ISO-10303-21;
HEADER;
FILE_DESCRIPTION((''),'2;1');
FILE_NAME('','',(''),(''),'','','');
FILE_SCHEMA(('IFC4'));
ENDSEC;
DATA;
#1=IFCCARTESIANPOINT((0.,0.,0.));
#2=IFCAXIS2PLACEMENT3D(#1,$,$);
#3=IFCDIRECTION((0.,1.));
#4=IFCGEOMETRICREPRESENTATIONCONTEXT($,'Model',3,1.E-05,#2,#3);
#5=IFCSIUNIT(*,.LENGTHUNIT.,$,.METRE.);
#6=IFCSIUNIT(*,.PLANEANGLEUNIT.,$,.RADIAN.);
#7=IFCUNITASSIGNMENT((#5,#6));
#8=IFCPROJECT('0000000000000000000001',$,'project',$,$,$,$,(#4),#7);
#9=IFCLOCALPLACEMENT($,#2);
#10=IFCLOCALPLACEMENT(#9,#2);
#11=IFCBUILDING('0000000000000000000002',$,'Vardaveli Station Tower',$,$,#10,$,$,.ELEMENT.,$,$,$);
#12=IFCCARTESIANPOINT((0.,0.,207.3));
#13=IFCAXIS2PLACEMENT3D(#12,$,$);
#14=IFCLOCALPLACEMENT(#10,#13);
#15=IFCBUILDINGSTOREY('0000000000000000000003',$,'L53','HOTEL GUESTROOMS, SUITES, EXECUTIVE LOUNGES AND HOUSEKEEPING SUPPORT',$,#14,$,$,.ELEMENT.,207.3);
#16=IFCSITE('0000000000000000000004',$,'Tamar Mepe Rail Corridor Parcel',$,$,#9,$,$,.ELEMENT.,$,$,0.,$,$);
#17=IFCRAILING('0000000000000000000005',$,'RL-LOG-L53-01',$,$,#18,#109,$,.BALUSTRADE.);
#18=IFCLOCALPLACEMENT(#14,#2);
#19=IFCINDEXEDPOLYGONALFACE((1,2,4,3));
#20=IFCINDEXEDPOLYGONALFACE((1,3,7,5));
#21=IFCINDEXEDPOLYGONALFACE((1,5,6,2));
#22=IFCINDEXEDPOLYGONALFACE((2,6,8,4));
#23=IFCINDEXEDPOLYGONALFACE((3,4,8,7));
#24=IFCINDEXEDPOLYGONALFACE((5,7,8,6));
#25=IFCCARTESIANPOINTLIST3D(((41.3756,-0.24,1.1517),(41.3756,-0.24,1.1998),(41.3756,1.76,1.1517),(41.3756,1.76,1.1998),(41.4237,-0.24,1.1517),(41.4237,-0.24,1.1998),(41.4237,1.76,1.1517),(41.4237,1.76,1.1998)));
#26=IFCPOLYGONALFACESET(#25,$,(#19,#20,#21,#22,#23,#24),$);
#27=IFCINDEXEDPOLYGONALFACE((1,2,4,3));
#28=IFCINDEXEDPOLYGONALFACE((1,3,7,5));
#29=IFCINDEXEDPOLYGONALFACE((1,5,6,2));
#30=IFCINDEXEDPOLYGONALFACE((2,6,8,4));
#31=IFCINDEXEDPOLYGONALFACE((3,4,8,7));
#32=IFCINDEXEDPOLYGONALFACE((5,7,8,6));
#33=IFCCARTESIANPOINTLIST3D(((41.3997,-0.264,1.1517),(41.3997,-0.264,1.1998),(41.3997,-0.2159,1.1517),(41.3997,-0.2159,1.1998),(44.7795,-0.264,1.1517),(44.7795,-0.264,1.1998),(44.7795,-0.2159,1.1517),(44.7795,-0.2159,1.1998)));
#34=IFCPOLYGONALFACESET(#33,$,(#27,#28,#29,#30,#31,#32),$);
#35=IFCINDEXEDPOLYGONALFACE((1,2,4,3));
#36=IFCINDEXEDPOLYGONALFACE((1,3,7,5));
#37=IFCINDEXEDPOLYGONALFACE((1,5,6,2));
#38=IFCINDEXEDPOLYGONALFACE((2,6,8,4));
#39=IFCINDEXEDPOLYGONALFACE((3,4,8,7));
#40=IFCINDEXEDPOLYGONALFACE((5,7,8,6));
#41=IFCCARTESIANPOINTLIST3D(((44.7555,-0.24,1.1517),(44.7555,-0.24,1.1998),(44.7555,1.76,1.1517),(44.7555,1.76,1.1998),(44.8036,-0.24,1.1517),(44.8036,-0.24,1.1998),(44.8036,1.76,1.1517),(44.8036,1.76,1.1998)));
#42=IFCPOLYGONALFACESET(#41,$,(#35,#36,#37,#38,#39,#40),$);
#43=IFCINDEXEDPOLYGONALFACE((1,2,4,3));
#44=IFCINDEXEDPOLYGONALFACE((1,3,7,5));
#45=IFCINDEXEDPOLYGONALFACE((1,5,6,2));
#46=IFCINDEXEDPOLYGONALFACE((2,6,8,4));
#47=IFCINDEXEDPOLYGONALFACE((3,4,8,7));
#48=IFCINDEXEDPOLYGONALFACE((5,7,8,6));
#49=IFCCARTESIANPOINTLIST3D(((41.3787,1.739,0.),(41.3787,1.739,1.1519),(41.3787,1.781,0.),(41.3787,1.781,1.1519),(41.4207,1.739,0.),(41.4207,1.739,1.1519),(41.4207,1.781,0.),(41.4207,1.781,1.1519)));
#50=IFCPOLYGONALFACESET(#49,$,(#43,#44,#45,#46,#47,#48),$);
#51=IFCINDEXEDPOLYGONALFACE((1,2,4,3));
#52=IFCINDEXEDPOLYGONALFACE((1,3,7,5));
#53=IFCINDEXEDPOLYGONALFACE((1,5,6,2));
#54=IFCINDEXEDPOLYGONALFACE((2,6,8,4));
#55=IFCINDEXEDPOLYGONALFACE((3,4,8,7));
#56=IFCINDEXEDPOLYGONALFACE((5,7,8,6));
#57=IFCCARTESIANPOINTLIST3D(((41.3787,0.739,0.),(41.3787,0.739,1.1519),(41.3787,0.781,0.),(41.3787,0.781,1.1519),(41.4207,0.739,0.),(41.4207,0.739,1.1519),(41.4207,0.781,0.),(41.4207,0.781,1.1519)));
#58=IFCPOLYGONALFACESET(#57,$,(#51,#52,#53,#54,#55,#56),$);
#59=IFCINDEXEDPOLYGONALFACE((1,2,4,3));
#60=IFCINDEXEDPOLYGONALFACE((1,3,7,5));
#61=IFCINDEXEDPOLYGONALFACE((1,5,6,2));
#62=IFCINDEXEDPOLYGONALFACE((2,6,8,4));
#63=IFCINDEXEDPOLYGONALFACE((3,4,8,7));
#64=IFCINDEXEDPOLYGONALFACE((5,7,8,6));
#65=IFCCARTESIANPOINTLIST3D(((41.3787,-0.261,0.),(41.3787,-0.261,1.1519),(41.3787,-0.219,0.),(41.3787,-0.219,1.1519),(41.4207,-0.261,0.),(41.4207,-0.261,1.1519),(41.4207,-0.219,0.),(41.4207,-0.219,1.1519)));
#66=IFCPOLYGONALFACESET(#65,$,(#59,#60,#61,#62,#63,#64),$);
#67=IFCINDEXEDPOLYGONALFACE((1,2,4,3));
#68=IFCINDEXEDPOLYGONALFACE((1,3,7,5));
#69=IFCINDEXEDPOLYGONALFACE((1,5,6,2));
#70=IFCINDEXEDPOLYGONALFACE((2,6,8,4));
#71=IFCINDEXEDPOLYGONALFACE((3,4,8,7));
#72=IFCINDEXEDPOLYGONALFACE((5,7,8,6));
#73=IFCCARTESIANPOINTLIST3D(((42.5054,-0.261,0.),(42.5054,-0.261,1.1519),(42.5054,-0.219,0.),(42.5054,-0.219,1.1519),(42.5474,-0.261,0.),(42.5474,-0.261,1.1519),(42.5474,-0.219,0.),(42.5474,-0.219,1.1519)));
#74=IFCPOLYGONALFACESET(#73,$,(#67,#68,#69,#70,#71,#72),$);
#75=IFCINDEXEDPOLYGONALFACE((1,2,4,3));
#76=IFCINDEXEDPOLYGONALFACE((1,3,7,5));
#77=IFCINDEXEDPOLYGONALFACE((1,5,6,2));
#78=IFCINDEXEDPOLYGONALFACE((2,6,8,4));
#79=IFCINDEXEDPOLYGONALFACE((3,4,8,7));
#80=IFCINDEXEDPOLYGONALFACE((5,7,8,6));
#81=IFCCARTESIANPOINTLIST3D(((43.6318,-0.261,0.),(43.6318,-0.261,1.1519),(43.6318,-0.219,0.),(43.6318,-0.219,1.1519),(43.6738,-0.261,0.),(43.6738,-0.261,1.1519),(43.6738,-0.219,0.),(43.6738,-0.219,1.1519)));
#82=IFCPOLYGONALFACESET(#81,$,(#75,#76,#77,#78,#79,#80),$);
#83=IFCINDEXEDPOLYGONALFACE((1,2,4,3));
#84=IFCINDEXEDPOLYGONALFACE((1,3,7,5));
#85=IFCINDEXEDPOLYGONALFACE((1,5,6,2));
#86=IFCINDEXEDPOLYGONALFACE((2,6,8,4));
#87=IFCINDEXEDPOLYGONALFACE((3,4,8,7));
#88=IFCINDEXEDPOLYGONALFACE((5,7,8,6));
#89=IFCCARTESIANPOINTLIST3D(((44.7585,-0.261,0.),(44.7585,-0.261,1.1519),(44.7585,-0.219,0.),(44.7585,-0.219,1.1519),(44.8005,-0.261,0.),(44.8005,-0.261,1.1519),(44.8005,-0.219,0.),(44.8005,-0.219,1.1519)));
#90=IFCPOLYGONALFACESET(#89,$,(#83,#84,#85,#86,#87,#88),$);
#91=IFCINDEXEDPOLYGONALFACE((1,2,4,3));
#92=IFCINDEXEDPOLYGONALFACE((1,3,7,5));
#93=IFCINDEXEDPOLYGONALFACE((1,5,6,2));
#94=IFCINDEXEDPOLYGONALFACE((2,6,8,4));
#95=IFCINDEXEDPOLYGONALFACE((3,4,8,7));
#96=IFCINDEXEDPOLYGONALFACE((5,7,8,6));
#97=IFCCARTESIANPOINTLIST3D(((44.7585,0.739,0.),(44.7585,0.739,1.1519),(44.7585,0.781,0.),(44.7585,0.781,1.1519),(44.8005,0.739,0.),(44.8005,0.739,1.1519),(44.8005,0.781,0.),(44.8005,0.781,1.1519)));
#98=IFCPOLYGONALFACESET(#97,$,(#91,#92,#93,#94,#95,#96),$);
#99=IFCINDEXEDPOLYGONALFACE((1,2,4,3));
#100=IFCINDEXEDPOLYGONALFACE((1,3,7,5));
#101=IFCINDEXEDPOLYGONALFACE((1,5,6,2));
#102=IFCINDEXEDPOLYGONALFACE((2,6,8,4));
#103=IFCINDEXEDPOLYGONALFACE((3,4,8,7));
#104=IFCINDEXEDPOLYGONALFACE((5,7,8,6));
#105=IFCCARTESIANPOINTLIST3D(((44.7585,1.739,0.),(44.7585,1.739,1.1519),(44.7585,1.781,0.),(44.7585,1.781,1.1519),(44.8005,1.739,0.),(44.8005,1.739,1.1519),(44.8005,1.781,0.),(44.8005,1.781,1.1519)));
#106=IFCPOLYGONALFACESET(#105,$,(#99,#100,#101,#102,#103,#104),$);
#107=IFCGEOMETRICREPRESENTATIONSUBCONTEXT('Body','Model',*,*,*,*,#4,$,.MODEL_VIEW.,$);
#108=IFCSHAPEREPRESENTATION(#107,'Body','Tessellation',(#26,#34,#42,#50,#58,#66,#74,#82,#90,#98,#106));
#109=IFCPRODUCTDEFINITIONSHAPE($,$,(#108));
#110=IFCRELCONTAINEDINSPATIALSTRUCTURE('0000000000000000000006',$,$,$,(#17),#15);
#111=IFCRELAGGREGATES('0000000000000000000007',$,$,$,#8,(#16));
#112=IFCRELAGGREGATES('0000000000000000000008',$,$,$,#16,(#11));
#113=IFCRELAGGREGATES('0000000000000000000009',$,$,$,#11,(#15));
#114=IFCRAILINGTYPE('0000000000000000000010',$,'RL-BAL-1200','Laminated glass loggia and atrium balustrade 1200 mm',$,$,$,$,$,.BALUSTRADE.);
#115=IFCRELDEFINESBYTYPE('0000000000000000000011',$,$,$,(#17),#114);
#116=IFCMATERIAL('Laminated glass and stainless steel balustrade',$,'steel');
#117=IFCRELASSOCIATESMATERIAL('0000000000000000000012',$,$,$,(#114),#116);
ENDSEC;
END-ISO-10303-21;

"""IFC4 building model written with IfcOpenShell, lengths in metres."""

from ifc_helpers import new_model, si_unit, direction, frame, origin, origin_2d, place, context, subcontext, project, spatial, rectangle, extrude, source, transform, mapped, material, type_object, element, save


model = new_model("IFC4")

# Units and contexts
model_context = context("Model", 3, precision=1e-05, world=origin(), true_north=direction((0.0, 1.0)))
body_context = subcontext(model_context, "Body", "Model", "MODEL_VIEW")
ifc_project = project(units=[si_unit("LENGTHUNIT", "METRE"), si_unit("PLANEANGLEUNIT", "RADIAN")], contexts=[model_context])

# Site, building, storey
site_placement = place(None, origin())
site = spatial("IfcSite", under=ifc_project, at=site_placement, Name="Tamar Mepe Rail Corridor Parcel", CompositionType="ELEMENT", RefElevation=0.0)
building_placement = place(site_placement, origin())
building = spatial("IfcBuilding", under=site, at=building_placement, Name="Vardaveli Station Tower", CompositionType="ELEMENT")
storey_placement = place(building_placement, frame((0.0, 0.0, 207.3)))
storey = spatial("IfcBuildingStorey", under=building, at=storey_placement, Name="L53", Description="HOTEL GUESTROOMS, SUITES, EXECUTIVE LOUNGES AND HOUSEKEEPING SUPPORT", CompositionType="ELEMENT", Elevation=207.3)

# Railing
ifc_material_1 = material(Name="Laminated glass and stainless steel balustrade", Category="steel")
railing_type = type_object("IfcRailingType", Name="RL-BAL-1200", Description="Laminated glass loggia and atrium balustrade 1200 mm", PredefinedType="BALUSTRADE", material=ifc_material_1)
shared_shape_1 = source(origin(), body_context, "Body", "SweptSolid", [
    extrude(rectangle(XDim=0.0481, YDim=0.0481, at=origin_2d()), frame((0.0, 0.0, 1.1758), z_axis=(0.0, -1.0, 0.0), x_axis=(1.0, 0.0, 0.0)), (0.0, 0.0, 1.0), 2.0),
    extrude(rectangle(XDim=0.0481, YDim=0.0481, at=origin_2d()), frame((0.0, -2.0, 1.1758), z_axis=(1.0, 0.0, 0.0), x_axis=(0.0, 1.0, 0.0)), (0.0, 0.0, 1.0), 3.3799),
    extrude(rectangle(XDim=0.0481, YDim=0.0481, at=origin_2d()), frame((3.3799, -2.0, 1.1758), z_axis=(0.0, 1.0, 0.0), x_axis=(-1.0, 0.0, 0.0)), (0.0, 0.0, 1.0), 2.0),
    extrude(rectangle(XDim=0.042, YDim=0.042, at=origin_2d()), origin(), (0.0, 0.0, 1.0), 1.1519),
    extrude(rectangle(XDim=0.042, YDim=0.042, at=origin_2d()), frame((0.0, -1.0, 0.0)), (0.0, 0.0, 1.0), 1.1519),
    extrude(rectangle(XDim=0.042, YDim=0.042, at=origin_2d()), frame((0.0, -2.0, 0.0)), (0.0, 0.0, 1.0), 1.1519),
    extrude(rectangle(XDim=0.042, YDim=0.042, at=origin_2d()), frame((1.1267, -2.0, 0.0)), (0.0, 0.0, 1.0), 1.1519),
    extrude(rectangle(XDim=0.042, YDim=0.042, at=origin_2d()), frame((2.2532, -2.0, 0.0)), (0.0, 0.0, 1.0), 1.1519),
    extrude(rectangle(XDim=0.042, YDim=0.042, at=origin_2d()), frame((3.3799, -2.0, 0.0)), (0.0, 0.0, 1.0), 1.1519),
    extrude(rectangle(XDim=0.042, YDim=0.042, at=origin_2d()), frame((3.3799, -1.0, 0.0)), (0.0, 0.0, 1.0), 1.1519),
    extrude(rectangle(XDim=0.042, YDim=0.042, at=origin_2d()), frame((3.3799, 0.0, 0.0)), (0.0, 0.0, 1.0), 1.1519),
])
railing_placement = place(storey_placement, frame((41.3997, 1.76, 0.0)))
element("IfcRailing", 1, at=railing_placement, inside=storey, type_object=railing_type, Name="RL-LOG-L53-01", PredefinedType="BALUSTRADE", context=body_context, shape_type="MappedRepresentation", body=[
    mapped(shared_shape_1, transform((0.0, 0.0, 0.0), scale=1.0)),
])

save(model, "model.ifc")
